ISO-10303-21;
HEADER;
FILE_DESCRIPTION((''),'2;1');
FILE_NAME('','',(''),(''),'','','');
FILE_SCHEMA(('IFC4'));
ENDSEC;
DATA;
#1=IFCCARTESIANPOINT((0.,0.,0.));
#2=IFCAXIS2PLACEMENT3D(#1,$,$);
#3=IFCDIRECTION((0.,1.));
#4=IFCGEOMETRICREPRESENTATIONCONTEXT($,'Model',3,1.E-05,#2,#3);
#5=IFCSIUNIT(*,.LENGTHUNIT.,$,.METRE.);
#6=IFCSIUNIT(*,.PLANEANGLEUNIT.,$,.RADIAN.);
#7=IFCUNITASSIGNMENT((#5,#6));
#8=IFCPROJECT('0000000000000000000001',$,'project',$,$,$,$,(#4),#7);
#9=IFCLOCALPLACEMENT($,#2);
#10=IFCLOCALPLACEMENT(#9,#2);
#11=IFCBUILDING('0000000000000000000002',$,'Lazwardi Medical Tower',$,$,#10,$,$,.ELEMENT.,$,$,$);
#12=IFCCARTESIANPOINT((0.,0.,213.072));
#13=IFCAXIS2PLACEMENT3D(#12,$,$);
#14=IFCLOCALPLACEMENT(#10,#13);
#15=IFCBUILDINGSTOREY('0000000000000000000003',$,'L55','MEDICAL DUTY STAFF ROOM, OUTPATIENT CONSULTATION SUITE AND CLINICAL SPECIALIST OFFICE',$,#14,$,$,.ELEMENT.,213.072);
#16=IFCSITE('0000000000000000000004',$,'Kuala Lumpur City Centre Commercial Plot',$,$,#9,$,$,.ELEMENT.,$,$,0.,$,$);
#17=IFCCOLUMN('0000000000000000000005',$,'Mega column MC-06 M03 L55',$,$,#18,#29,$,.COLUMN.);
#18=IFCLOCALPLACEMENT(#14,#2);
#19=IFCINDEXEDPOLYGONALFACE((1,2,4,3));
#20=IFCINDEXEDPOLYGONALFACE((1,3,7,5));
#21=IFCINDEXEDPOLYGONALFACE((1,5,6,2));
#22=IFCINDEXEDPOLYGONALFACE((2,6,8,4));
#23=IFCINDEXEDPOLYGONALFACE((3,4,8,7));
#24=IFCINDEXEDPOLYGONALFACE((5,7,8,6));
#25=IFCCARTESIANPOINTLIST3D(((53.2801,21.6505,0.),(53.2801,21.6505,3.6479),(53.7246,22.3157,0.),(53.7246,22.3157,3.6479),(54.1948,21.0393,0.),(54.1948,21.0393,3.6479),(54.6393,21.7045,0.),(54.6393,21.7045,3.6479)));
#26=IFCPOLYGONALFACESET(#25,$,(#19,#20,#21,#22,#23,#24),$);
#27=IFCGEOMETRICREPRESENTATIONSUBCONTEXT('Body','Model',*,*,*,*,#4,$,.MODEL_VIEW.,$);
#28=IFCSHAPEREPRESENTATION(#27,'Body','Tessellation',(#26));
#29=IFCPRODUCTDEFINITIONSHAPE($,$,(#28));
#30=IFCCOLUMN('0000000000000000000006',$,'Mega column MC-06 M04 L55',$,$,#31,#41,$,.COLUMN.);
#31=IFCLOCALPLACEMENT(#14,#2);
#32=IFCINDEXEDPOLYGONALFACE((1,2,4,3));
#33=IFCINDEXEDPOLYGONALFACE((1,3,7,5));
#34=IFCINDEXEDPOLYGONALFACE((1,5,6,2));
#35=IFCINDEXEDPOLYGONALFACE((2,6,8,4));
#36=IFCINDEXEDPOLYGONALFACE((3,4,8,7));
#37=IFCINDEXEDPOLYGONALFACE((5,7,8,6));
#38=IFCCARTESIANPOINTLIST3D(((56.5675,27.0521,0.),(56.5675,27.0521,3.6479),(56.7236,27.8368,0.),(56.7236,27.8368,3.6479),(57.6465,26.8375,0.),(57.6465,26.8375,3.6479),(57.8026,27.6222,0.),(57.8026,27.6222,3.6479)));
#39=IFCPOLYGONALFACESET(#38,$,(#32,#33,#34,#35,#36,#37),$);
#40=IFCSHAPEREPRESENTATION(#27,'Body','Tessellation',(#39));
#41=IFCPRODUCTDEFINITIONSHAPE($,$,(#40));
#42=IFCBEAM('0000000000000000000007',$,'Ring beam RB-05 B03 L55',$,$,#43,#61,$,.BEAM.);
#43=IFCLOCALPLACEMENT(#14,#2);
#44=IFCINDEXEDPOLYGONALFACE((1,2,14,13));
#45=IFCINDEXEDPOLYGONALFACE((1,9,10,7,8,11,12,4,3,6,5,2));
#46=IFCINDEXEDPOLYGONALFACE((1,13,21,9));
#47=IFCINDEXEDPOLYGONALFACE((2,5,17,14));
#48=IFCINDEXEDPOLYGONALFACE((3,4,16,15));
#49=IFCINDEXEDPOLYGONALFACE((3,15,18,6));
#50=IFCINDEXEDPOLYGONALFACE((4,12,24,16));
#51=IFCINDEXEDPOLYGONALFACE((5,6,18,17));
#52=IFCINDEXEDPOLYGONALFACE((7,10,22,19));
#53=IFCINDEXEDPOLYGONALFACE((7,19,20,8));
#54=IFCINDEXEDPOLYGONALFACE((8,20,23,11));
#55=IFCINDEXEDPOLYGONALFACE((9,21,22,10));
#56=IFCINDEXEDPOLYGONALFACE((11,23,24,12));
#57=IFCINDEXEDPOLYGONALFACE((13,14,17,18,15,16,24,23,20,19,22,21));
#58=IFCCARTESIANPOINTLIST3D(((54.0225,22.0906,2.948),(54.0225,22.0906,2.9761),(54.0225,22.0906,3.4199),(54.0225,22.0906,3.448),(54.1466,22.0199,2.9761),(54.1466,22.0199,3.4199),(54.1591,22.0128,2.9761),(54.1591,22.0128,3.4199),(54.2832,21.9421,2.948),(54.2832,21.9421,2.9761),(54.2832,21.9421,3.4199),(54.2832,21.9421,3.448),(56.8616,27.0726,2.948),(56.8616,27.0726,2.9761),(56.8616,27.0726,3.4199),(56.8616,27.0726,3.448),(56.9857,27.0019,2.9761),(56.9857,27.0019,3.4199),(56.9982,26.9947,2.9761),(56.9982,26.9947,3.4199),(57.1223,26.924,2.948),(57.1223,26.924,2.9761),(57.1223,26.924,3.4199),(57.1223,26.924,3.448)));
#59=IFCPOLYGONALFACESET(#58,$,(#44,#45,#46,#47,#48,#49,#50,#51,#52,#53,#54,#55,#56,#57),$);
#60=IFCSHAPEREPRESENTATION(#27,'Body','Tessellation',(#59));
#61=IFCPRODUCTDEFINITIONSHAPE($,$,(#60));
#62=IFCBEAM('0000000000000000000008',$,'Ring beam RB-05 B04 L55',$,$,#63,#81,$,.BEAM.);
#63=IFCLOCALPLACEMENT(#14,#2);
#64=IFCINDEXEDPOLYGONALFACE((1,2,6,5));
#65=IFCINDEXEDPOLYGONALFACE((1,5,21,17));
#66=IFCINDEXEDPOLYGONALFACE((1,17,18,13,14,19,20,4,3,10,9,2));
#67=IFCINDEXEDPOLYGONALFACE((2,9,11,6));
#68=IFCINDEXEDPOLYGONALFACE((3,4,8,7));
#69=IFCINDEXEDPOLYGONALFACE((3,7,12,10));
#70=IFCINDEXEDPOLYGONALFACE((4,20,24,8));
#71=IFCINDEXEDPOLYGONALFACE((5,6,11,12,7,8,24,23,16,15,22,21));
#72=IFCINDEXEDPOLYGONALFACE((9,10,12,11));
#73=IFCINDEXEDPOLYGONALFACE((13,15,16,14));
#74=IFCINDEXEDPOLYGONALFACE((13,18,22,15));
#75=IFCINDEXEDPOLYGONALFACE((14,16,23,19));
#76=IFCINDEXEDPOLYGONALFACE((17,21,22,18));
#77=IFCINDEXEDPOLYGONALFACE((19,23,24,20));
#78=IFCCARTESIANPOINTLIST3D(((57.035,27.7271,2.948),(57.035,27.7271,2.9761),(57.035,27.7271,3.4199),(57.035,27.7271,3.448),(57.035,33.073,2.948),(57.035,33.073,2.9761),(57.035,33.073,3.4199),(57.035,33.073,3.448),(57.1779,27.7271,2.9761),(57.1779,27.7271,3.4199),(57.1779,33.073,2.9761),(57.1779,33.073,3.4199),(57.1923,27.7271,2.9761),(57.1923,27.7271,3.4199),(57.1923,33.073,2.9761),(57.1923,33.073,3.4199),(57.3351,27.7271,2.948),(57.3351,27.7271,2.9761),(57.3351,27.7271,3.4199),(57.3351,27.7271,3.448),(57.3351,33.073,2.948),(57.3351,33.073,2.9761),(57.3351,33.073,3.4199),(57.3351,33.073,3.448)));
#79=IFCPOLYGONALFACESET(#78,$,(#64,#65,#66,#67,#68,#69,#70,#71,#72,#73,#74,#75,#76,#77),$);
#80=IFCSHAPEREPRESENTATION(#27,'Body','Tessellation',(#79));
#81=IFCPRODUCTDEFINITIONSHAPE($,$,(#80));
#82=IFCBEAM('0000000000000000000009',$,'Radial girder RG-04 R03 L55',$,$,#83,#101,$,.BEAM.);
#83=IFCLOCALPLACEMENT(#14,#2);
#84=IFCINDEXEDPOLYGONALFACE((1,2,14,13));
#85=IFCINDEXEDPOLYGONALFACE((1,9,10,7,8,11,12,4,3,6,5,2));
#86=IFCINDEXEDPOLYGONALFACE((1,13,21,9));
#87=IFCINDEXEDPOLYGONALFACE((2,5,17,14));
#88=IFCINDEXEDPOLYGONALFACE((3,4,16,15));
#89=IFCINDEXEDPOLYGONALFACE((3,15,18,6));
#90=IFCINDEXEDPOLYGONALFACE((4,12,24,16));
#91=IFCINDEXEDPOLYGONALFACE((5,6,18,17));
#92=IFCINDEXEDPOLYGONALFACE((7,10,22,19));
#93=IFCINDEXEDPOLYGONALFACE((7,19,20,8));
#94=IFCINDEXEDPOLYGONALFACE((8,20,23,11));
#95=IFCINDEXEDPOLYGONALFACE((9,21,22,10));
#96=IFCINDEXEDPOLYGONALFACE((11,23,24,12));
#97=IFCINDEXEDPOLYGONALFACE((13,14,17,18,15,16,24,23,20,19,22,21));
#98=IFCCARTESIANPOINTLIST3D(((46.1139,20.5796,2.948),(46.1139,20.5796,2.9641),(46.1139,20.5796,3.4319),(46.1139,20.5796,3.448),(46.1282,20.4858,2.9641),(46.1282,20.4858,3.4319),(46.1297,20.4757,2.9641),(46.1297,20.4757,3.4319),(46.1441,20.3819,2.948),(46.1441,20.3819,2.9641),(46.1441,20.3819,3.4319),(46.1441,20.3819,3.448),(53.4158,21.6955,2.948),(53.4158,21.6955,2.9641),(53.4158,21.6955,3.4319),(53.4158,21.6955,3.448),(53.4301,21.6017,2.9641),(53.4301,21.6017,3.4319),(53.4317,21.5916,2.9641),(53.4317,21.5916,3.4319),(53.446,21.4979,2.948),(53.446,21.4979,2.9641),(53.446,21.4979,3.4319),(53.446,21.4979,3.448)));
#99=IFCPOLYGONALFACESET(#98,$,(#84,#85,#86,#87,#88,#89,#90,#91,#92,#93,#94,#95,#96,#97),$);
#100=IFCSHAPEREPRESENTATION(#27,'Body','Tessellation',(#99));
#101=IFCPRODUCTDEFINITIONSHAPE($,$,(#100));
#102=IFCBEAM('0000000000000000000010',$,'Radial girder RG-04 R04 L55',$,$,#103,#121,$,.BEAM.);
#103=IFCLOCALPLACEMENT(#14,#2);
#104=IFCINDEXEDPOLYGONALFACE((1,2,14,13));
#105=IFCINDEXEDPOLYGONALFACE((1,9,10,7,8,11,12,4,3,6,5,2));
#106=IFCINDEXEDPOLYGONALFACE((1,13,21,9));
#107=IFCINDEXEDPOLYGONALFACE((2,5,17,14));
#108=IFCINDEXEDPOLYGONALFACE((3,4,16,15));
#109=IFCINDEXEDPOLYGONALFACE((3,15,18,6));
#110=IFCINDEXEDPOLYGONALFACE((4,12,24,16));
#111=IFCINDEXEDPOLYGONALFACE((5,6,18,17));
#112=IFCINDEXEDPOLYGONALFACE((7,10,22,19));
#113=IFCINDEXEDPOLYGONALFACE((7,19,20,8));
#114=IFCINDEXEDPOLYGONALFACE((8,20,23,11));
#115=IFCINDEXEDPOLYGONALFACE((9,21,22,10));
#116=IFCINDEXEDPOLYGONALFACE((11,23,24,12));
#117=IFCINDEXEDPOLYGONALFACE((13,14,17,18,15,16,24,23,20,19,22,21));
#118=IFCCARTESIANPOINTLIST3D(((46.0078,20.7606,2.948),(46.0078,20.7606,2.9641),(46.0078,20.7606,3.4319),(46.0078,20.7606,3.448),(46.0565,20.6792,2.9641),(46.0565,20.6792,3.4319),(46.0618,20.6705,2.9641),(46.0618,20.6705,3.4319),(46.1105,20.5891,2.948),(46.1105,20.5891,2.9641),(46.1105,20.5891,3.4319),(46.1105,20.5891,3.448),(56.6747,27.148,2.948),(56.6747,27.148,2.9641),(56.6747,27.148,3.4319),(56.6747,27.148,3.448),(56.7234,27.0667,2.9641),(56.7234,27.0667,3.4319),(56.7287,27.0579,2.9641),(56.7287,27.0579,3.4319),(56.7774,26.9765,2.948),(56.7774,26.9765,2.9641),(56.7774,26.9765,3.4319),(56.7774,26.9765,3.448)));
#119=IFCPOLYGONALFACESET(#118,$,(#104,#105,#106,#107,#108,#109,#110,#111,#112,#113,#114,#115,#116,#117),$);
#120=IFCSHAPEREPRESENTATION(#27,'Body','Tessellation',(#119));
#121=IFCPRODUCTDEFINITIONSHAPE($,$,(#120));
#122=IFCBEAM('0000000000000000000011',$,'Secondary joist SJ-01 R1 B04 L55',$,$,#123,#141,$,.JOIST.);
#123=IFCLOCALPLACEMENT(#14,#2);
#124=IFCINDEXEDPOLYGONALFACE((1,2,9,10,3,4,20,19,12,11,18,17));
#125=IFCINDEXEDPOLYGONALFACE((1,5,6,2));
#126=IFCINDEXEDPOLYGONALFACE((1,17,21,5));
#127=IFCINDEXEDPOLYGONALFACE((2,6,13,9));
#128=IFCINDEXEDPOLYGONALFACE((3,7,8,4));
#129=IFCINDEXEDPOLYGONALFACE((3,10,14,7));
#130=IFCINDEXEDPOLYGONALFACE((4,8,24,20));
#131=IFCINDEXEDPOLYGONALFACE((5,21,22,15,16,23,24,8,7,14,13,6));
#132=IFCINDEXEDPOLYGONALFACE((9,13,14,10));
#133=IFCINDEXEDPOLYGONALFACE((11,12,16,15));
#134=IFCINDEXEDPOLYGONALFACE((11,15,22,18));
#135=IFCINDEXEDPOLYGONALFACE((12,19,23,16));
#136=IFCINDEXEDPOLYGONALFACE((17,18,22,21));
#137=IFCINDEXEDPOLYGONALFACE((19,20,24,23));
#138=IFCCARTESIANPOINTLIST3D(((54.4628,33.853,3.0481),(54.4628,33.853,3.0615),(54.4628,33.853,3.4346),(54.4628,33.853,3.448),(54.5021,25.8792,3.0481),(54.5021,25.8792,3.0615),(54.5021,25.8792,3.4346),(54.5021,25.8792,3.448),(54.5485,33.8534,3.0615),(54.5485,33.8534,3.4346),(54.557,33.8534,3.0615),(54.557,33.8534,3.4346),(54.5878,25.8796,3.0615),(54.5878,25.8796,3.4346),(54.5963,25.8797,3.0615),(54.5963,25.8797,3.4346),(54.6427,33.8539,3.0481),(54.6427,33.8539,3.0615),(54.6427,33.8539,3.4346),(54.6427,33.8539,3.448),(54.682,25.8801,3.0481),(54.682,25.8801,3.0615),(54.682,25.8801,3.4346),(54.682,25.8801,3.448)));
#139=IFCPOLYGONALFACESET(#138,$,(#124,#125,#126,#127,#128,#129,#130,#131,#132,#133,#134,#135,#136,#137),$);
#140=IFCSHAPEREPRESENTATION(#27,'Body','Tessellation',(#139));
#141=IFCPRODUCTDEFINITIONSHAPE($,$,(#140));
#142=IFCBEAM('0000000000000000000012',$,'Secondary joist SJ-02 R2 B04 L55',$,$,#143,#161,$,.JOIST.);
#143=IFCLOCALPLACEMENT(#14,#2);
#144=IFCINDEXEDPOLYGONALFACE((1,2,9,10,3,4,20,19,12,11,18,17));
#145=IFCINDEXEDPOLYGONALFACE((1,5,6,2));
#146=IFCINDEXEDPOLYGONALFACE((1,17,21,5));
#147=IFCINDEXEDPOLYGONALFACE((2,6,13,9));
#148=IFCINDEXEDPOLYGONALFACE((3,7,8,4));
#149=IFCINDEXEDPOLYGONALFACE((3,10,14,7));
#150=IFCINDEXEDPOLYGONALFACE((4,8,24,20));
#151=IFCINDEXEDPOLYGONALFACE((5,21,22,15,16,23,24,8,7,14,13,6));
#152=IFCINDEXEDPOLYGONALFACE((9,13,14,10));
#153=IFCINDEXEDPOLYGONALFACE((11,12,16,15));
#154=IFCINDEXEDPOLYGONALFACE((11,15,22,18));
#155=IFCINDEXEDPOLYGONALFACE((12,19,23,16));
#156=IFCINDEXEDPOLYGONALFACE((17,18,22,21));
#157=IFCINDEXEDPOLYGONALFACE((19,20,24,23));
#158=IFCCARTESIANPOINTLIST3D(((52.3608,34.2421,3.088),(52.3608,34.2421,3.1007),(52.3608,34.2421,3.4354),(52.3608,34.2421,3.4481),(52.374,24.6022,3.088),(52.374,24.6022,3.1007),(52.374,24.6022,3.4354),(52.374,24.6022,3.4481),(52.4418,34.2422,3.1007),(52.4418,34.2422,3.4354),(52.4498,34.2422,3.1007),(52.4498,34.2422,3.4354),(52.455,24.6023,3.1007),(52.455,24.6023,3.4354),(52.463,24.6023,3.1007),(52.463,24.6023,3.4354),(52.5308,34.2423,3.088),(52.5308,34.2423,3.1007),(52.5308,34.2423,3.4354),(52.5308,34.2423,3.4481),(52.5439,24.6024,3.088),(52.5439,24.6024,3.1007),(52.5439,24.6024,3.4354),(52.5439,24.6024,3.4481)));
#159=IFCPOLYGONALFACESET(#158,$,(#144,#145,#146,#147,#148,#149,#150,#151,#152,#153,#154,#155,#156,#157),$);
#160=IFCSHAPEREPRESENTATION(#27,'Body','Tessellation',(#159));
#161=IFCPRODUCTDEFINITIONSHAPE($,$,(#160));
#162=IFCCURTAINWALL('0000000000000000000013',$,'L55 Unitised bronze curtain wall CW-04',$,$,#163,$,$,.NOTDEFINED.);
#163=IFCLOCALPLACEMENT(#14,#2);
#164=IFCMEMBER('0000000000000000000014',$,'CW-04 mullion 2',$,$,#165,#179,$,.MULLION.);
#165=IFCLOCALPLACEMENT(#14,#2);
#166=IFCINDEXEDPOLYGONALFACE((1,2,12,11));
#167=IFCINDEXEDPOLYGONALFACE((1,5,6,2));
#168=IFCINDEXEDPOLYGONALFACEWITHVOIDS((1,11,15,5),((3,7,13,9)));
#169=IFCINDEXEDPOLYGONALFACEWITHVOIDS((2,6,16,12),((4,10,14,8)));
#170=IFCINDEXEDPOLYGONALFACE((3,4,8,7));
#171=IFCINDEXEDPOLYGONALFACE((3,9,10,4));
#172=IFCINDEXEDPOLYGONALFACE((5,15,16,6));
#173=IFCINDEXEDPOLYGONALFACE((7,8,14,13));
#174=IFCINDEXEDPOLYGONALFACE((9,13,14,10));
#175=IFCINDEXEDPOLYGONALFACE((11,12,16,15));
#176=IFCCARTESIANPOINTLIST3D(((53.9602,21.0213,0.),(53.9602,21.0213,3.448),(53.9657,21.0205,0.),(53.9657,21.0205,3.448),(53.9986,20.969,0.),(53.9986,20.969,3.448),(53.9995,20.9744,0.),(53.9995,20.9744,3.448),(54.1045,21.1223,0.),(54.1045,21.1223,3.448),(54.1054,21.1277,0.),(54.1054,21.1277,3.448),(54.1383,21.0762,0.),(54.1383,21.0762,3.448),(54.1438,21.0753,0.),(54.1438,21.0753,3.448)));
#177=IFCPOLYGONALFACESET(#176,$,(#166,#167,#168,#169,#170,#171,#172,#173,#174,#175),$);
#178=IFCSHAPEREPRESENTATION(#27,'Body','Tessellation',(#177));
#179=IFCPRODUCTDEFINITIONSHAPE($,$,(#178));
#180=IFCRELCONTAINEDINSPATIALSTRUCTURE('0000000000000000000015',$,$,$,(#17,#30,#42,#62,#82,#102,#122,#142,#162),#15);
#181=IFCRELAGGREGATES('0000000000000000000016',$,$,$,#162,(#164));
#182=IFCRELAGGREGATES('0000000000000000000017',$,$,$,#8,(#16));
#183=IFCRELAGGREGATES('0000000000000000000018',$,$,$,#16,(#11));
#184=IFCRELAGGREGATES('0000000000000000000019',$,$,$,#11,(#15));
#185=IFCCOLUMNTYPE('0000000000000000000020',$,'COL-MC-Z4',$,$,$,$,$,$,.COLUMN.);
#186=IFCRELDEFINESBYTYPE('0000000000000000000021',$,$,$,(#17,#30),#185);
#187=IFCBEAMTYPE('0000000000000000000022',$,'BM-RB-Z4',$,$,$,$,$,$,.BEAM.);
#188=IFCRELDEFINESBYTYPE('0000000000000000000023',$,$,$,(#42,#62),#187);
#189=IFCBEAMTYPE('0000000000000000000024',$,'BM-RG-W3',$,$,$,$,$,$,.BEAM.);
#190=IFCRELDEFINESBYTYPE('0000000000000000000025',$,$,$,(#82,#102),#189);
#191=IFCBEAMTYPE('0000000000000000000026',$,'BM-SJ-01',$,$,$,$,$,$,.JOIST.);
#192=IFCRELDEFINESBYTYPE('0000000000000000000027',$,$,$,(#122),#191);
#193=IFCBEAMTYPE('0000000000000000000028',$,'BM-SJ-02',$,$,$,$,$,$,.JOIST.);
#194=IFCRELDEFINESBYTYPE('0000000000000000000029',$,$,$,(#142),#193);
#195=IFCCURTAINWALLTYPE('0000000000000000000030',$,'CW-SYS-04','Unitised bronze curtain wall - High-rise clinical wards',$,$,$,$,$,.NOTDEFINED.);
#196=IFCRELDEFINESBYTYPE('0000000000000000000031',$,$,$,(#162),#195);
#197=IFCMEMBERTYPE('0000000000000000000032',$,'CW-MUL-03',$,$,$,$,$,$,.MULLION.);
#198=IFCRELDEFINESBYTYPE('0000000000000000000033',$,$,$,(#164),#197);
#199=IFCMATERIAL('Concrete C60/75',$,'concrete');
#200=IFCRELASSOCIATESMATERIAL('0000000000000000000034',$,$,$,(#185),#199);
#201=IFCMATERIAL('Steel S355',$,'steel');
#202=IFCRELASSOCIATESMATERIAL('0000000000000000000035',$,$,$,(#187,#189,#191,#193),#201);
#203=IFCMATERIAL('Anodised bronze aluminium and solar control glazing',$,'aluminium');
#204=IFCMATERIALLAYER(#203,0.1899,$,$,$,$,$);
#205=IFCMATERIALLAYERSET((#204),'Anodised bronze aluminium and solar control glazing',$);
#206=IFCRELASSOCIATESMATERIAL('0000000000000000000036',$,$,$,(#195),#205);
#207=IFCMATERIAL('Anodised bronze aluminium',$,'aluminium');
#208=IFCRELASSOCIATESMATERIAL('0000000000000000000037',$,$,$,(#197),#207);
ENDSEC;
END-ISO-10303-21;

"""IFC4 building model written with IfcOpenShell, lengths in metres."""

from ifc_helpers import new_model, si_unit, direction, frame, origin, origin_2d, place, context, subcontext, project, spatial, rectangle, hollow_rectangle, i_section, extrude, material, layer, layer_set, material_profile, profile_set, type_object, element, aggregate, save


model = new_model("IFC4")

# Units and contexts
model_context = context("Model", 3, precision=1e-05, world=origin(), true_north=direction((0.0, 1.0)))
body_context = subcontext(model_context, "Body", "Model", "MODEL_VIEW")
ifc_project = project(units=[si_unit("LENGTHUNIT", "METRE"), si_unit("PLANEANGLEUNIT", "RADIAN")], contexts=[model_context])

# Site, building, storey
site_placement = place(None, origin())
site = spatial("IfcSite", under=ifc_project, at=site_placement, Name="Kuala Lumpur City Centre Commercial Plot", CompositionType="ELEMENT", RefElevation=0.0)
building_placement = place(site_placement, origin())
building = spatial("IfcBuilding", under=site, at=building_placement, Name="Lazwardi Medical Tower", CompositionType="ELEMENT")
storey_placement = place(building_placement, frame((0.0, 0.0, 213.072)))
storey = spatial("IfcBuildingStorey", under=building, at=storey_placement, Name="L55", Description="MEDICAL DUTY STAFF ROOM, OUTPATIENT CONSULTATION SUITE AND CLINICAL SPECIALIST OFFICE", CompositionType="ELEMENT", Elevation=213.072)

# Columns
ifc_material_1 = material(Name="Concrete C60/75", Category="concrete")
ifc_material_profile_1 = material_profile(ifc_material_1, rectangle(XDim=1.1001, YDim=0.8, at=origin_2d()), Name="CFT-RECT 1100x800")
ifc_profile_set_1 = profile_set([ifc_material_profile_1], Name="Concrete C60/75")
column_type = type_object("IfcColumnType", Name="COL-MC-Z4", PredefinedType="COLUMN", material=ifc_profile_set_1)
for number, where, z_axis, x_axis, name in (
    (1, (53.9597, 21.6775, 0.0), (0.0, 0.0, 1.0), (0.83147, -0.55557, 0.0), "Mega column MC-06 M03 L55"),
    (2, (57.1851, 27.3372, 0.0), (0.0, 0.0, 1.0), (0.980785, -0.19509, 0.0), "Mega column MC-06 M04 L55"),
):
    element("IfcColumn", number, at=place(storey_placement, frame(where, z_axis=z_axis, x_axis=x_axis)), inside=storey, type_object=column_type, Name=name, PredefinedType="COLUMN", context=body_context, shape_type="SweptSolid", body=[
        extrude(rectangle(XDim=1.1001, YDim=0.8, at=origin_2d()), origin(), (0.0, 0.0, 1.0), 3.6479),
    ])

# Beams
ifc_material_2 = material(Name="Steel S355", Category="steel")
ifc_material_profile_2 = material_profile(ifc_material_2, i_section(OverallWidth=0.3, OverallDepth=0.5, WebThickness=0.0144, FlangeThickness=0.0281, at=origin_2d()), Name="HEB 500")
ifc_profile_set_2 = profile_set([ifc_material_profile_2], Name="Steel S355")
beam_type_1 = type_object("IfcBeamType", Name="BM-RB-Z4", PredefinedType="BEAM", material=ifc_profile_set_2)
beam_1_placement = place(storey_placement, frame((54.1528, 22.0164, 3.198), z_axis=(0.495125, 0.868822, 0.0), x_axis=(-0.868822, 0.495125, 0.0)))
element("IfcBeam", 3, at=beam_1_placement, inside=storey, type_object=beam_type_1, Name="Ring beam RB-05 B03 L55", PredefinedType="BEAM", context=body_context, shape_type="SweptSolid", body=[
    extrude(i_section(OverallWidth=0.3, OverallDepth=0.5, WebThickness=0.0144, FlangeThickness=0.0281, at=origin_2d()), origin(), (0.0, 0.0, 1.0), 5.7341),
])
beam_2_placement = place(storey_placement, frame((57.1851, 27.7271, 3.198), z_axis=(0.0, 1.0, 0.0), x_axis=(-1.0, 0.0, 0.0)))
element("IfcBeam", 4, at=beam_2_placement, inside=storey, type_object=beam_type_1, Name="Ring beam RB-05 B04 L55", PredefinedType="BEAM", context=body_context, shape_type="SweptSolid", body=[
    extrude(i_section(OverallWidth=0.3, OverallDepth=0.5, WebThickness=0.0144, FlangeThickness=0.0281, at=origin_2d()), origin(), (0.0, 0.0, 1.0), 5.3459),
])
ifc_material_profile_3 = material_profile(ifc_material_2, i_section(OverallWidth=0.2, OverallDepth=0.5, WebThickness=0.0103, FlangeThickness=0.0161, at=origin_2d()), Name="IPE 500")
ifc_profile_set_3 = profile_set([ifc_material_profile_3], Name="Steel S355")
beam_type_2 = type_object("IfcBeamType", Name="BM-RG-W3", PredefinedType="BEAM", material=ifc_profile_set_3)
beam_3_placement = place(storey_placement, frame((53.4309, 21.5967, 3.198), z_axis=(-0.988522, -0.151076, 0.0), x_axis=(0.151076, -0.988522, 0.0)))
element("IfcBeam", 5, at=beam_3_placement, inside=storey, type_object=beam_type_2, Name="Radial girder RG-04 R03 L55", PredefinedType="BEAM", context=body_context, shape_type="SweptSolid", body=[
    extrude(i_section(OverallWidth=0.2, OverallDepth=0.5, WebThickness=0.0103, FlangeThickness=0.0161, at=origin_2d()), origin(), (0.0, 0.0, 1.0), 7.3867),
])
beam_4_placement = place(storey_placement, frame((56.7261, 27.0623, 3.198), z_axis=(-0.857945, -0.513742, 0.0), x_axis=(0.513742, -0.857945, 0.0)))
element("IfcBeam", 6, at=beam_4_placement, inside=storey, type_object=beam_type_2, Name="Radial girder RG-04 R04 L55", PredefinedType="BEAM", context=body_context, shape_type="SweptSolid", body=[
    extrude(i_section(OverallWidth=0.2, OverallDepth=0.5, WebThickness=0.0103, FlangeThickness=0.0161, at=origin_2d()), origin(), (0.0, 0.0, 1.0), 12.4331),
])
ifc_material_profile_4 = material_profile(ifc_material_2, i_section(OverallWidth=0.1799, OverallDepth=0.3999, WebThickness=0.0085, FlangeThickness=0.0134, at=origin_2d()), Name="IPE 400")
ifc_profile_set_4 = profile_set([ifc_material_profile_4], Name="Steel S355")
beam_type_3 = type_object("IfcBeamType", Name="BM-SJ-01", PredefinedType="JOIST", material=ifc_profile_set_4)
beam_5_placement = place(storey_placement, frame((54.592, 25.8796, 3.248), z_axis=(-0.004929, 0.999988, 0.0), x_axis=(-0.999988, -0.004929, 0.0)))
element("IfcBeam", 7, at=beam_5_placement, inside=storey, type_object=beam_type_3, Name="Secondary joist SJ-01 R1 B04 L55", PredefinedType="JOIST", context=body_context, shape_type="SweptSolid", body=[
    extrude(i_section(OverallWidth=0.1799, OverallDepth=0.3999, WebThickness=0.0085, FlangeThickness=0.0134, at=origin_2d()), origin(), (0.0, 0.0, 1.0), 7.9739),
])
ifc_material_profile_5 = material_profile(ifc_material_2, i_section(OverallWidth=0.1699, OverallDepth=0.3601, WebThickness=0.0081, FlangeThickness=0.0127, at=origin_2d()), Name="IPE 360")
ifc_profile_set_5 = profile_set([ifc_material_profile_5], Name="Steel S355")
beam_type_4 = type_object("IfcBeamType", Name="BM-SJ-02", PredefinedType="JOIST", material=ifc_profile_set_5)
beam_6_placement = place(storey_placement, frame((52.459, 24.6023, 3.2681), z_axis=(-0.001368, 0.999999, 0.0), x_axis=(-0.999999, -0.001368, 0.0)))
element("IfcBeam", 8, at=beam_6_placement, inside=storey, type_object=beam_type_4, Name="Secondary joist SJ-02 R2 B04 L55", PredefinedType="JOIST", context=body_context, shape_type="SweptSolid", body=[
    extrude(i_section(OverallWidth=0.1699, OverallDepth=0.3601, WebThickness=0.0081, FlangeThickness=0.0127, at=origin_2d()), origin(), (0.0, 0.0, 1.0), 9.6399),
])

# Curtain wall, member
ifc_material_3 = material(Name="Anodised bronze aluminium and solar control glazing", Category="aluminium")
ifc_layer_1 = layer(ifc_material_3, 0.1899)
ifc_layer_set_1 = layer_set([ifc_layer_1], Name="Anodised bronze aluminium and solar control glazing")
curtain_wall_type = type_object("IfcCurtainWallType", Name="CW-SYS-04", Description="Unitised bronze curtain wall - High-rise clinical wards", PredefinedType="NOTDEFINED", material=ifc_layer_set_1)
curtain_wall_1_placement = place(storey_placement, origin())
curtain_wall_1 = element("IfcCurtainWall", 9, at=curtain_wall_1_placement, inside=storey, type_object=curtain_wall_type, Name="L55 Unitised bronze curtain wall CW-04", PredefinedType="NOTDEFINED")
ifc_material_4 = material(Name="Anodised bronze aluminium", Category="aluminium")
ifc_material_profile_6 = material_profile(ifc_material_4, hollow_rectangle(XDim=0.0649, YDim=0.1799, WallThickness=0.0039, at=origin_2d()), Name="ALU-MULLION 180x65x4")
ifc_profile_set_6 = profile_set([ifc_material_profile_6], Name="Anodised bronze aluminium")
member_type_1 = type_object("IfcMemberType", Name="CW-MUL-03", PredefinedType="MULLION", material=ifc_profile_set_6)
member_1_placement = place(storey_placement, frame((54.052, 21.0483, 0.0), z_axis=(0.0, 0.0, 1.0), x_axis=(-0.591268, 0.806475, 0.0)))
member_1 = element("IfcMember", 10, at=member_1_placement, type_object=member_type_1, Name="CW-04 mullion 2", PredefinedType="MULLION", context=body_context, shape_type="SweptSolid", body=[
    extrude(hollow_rectangle(XDim=0.0649, YDim=0.1799, WallThickness=0.0039, at=origin_2d()), origin(), (0.0, 0.0, 1.0), 3.448),
])
aggregate(curtain_wall_1, [member_1])

save(model, "model.ifc")
